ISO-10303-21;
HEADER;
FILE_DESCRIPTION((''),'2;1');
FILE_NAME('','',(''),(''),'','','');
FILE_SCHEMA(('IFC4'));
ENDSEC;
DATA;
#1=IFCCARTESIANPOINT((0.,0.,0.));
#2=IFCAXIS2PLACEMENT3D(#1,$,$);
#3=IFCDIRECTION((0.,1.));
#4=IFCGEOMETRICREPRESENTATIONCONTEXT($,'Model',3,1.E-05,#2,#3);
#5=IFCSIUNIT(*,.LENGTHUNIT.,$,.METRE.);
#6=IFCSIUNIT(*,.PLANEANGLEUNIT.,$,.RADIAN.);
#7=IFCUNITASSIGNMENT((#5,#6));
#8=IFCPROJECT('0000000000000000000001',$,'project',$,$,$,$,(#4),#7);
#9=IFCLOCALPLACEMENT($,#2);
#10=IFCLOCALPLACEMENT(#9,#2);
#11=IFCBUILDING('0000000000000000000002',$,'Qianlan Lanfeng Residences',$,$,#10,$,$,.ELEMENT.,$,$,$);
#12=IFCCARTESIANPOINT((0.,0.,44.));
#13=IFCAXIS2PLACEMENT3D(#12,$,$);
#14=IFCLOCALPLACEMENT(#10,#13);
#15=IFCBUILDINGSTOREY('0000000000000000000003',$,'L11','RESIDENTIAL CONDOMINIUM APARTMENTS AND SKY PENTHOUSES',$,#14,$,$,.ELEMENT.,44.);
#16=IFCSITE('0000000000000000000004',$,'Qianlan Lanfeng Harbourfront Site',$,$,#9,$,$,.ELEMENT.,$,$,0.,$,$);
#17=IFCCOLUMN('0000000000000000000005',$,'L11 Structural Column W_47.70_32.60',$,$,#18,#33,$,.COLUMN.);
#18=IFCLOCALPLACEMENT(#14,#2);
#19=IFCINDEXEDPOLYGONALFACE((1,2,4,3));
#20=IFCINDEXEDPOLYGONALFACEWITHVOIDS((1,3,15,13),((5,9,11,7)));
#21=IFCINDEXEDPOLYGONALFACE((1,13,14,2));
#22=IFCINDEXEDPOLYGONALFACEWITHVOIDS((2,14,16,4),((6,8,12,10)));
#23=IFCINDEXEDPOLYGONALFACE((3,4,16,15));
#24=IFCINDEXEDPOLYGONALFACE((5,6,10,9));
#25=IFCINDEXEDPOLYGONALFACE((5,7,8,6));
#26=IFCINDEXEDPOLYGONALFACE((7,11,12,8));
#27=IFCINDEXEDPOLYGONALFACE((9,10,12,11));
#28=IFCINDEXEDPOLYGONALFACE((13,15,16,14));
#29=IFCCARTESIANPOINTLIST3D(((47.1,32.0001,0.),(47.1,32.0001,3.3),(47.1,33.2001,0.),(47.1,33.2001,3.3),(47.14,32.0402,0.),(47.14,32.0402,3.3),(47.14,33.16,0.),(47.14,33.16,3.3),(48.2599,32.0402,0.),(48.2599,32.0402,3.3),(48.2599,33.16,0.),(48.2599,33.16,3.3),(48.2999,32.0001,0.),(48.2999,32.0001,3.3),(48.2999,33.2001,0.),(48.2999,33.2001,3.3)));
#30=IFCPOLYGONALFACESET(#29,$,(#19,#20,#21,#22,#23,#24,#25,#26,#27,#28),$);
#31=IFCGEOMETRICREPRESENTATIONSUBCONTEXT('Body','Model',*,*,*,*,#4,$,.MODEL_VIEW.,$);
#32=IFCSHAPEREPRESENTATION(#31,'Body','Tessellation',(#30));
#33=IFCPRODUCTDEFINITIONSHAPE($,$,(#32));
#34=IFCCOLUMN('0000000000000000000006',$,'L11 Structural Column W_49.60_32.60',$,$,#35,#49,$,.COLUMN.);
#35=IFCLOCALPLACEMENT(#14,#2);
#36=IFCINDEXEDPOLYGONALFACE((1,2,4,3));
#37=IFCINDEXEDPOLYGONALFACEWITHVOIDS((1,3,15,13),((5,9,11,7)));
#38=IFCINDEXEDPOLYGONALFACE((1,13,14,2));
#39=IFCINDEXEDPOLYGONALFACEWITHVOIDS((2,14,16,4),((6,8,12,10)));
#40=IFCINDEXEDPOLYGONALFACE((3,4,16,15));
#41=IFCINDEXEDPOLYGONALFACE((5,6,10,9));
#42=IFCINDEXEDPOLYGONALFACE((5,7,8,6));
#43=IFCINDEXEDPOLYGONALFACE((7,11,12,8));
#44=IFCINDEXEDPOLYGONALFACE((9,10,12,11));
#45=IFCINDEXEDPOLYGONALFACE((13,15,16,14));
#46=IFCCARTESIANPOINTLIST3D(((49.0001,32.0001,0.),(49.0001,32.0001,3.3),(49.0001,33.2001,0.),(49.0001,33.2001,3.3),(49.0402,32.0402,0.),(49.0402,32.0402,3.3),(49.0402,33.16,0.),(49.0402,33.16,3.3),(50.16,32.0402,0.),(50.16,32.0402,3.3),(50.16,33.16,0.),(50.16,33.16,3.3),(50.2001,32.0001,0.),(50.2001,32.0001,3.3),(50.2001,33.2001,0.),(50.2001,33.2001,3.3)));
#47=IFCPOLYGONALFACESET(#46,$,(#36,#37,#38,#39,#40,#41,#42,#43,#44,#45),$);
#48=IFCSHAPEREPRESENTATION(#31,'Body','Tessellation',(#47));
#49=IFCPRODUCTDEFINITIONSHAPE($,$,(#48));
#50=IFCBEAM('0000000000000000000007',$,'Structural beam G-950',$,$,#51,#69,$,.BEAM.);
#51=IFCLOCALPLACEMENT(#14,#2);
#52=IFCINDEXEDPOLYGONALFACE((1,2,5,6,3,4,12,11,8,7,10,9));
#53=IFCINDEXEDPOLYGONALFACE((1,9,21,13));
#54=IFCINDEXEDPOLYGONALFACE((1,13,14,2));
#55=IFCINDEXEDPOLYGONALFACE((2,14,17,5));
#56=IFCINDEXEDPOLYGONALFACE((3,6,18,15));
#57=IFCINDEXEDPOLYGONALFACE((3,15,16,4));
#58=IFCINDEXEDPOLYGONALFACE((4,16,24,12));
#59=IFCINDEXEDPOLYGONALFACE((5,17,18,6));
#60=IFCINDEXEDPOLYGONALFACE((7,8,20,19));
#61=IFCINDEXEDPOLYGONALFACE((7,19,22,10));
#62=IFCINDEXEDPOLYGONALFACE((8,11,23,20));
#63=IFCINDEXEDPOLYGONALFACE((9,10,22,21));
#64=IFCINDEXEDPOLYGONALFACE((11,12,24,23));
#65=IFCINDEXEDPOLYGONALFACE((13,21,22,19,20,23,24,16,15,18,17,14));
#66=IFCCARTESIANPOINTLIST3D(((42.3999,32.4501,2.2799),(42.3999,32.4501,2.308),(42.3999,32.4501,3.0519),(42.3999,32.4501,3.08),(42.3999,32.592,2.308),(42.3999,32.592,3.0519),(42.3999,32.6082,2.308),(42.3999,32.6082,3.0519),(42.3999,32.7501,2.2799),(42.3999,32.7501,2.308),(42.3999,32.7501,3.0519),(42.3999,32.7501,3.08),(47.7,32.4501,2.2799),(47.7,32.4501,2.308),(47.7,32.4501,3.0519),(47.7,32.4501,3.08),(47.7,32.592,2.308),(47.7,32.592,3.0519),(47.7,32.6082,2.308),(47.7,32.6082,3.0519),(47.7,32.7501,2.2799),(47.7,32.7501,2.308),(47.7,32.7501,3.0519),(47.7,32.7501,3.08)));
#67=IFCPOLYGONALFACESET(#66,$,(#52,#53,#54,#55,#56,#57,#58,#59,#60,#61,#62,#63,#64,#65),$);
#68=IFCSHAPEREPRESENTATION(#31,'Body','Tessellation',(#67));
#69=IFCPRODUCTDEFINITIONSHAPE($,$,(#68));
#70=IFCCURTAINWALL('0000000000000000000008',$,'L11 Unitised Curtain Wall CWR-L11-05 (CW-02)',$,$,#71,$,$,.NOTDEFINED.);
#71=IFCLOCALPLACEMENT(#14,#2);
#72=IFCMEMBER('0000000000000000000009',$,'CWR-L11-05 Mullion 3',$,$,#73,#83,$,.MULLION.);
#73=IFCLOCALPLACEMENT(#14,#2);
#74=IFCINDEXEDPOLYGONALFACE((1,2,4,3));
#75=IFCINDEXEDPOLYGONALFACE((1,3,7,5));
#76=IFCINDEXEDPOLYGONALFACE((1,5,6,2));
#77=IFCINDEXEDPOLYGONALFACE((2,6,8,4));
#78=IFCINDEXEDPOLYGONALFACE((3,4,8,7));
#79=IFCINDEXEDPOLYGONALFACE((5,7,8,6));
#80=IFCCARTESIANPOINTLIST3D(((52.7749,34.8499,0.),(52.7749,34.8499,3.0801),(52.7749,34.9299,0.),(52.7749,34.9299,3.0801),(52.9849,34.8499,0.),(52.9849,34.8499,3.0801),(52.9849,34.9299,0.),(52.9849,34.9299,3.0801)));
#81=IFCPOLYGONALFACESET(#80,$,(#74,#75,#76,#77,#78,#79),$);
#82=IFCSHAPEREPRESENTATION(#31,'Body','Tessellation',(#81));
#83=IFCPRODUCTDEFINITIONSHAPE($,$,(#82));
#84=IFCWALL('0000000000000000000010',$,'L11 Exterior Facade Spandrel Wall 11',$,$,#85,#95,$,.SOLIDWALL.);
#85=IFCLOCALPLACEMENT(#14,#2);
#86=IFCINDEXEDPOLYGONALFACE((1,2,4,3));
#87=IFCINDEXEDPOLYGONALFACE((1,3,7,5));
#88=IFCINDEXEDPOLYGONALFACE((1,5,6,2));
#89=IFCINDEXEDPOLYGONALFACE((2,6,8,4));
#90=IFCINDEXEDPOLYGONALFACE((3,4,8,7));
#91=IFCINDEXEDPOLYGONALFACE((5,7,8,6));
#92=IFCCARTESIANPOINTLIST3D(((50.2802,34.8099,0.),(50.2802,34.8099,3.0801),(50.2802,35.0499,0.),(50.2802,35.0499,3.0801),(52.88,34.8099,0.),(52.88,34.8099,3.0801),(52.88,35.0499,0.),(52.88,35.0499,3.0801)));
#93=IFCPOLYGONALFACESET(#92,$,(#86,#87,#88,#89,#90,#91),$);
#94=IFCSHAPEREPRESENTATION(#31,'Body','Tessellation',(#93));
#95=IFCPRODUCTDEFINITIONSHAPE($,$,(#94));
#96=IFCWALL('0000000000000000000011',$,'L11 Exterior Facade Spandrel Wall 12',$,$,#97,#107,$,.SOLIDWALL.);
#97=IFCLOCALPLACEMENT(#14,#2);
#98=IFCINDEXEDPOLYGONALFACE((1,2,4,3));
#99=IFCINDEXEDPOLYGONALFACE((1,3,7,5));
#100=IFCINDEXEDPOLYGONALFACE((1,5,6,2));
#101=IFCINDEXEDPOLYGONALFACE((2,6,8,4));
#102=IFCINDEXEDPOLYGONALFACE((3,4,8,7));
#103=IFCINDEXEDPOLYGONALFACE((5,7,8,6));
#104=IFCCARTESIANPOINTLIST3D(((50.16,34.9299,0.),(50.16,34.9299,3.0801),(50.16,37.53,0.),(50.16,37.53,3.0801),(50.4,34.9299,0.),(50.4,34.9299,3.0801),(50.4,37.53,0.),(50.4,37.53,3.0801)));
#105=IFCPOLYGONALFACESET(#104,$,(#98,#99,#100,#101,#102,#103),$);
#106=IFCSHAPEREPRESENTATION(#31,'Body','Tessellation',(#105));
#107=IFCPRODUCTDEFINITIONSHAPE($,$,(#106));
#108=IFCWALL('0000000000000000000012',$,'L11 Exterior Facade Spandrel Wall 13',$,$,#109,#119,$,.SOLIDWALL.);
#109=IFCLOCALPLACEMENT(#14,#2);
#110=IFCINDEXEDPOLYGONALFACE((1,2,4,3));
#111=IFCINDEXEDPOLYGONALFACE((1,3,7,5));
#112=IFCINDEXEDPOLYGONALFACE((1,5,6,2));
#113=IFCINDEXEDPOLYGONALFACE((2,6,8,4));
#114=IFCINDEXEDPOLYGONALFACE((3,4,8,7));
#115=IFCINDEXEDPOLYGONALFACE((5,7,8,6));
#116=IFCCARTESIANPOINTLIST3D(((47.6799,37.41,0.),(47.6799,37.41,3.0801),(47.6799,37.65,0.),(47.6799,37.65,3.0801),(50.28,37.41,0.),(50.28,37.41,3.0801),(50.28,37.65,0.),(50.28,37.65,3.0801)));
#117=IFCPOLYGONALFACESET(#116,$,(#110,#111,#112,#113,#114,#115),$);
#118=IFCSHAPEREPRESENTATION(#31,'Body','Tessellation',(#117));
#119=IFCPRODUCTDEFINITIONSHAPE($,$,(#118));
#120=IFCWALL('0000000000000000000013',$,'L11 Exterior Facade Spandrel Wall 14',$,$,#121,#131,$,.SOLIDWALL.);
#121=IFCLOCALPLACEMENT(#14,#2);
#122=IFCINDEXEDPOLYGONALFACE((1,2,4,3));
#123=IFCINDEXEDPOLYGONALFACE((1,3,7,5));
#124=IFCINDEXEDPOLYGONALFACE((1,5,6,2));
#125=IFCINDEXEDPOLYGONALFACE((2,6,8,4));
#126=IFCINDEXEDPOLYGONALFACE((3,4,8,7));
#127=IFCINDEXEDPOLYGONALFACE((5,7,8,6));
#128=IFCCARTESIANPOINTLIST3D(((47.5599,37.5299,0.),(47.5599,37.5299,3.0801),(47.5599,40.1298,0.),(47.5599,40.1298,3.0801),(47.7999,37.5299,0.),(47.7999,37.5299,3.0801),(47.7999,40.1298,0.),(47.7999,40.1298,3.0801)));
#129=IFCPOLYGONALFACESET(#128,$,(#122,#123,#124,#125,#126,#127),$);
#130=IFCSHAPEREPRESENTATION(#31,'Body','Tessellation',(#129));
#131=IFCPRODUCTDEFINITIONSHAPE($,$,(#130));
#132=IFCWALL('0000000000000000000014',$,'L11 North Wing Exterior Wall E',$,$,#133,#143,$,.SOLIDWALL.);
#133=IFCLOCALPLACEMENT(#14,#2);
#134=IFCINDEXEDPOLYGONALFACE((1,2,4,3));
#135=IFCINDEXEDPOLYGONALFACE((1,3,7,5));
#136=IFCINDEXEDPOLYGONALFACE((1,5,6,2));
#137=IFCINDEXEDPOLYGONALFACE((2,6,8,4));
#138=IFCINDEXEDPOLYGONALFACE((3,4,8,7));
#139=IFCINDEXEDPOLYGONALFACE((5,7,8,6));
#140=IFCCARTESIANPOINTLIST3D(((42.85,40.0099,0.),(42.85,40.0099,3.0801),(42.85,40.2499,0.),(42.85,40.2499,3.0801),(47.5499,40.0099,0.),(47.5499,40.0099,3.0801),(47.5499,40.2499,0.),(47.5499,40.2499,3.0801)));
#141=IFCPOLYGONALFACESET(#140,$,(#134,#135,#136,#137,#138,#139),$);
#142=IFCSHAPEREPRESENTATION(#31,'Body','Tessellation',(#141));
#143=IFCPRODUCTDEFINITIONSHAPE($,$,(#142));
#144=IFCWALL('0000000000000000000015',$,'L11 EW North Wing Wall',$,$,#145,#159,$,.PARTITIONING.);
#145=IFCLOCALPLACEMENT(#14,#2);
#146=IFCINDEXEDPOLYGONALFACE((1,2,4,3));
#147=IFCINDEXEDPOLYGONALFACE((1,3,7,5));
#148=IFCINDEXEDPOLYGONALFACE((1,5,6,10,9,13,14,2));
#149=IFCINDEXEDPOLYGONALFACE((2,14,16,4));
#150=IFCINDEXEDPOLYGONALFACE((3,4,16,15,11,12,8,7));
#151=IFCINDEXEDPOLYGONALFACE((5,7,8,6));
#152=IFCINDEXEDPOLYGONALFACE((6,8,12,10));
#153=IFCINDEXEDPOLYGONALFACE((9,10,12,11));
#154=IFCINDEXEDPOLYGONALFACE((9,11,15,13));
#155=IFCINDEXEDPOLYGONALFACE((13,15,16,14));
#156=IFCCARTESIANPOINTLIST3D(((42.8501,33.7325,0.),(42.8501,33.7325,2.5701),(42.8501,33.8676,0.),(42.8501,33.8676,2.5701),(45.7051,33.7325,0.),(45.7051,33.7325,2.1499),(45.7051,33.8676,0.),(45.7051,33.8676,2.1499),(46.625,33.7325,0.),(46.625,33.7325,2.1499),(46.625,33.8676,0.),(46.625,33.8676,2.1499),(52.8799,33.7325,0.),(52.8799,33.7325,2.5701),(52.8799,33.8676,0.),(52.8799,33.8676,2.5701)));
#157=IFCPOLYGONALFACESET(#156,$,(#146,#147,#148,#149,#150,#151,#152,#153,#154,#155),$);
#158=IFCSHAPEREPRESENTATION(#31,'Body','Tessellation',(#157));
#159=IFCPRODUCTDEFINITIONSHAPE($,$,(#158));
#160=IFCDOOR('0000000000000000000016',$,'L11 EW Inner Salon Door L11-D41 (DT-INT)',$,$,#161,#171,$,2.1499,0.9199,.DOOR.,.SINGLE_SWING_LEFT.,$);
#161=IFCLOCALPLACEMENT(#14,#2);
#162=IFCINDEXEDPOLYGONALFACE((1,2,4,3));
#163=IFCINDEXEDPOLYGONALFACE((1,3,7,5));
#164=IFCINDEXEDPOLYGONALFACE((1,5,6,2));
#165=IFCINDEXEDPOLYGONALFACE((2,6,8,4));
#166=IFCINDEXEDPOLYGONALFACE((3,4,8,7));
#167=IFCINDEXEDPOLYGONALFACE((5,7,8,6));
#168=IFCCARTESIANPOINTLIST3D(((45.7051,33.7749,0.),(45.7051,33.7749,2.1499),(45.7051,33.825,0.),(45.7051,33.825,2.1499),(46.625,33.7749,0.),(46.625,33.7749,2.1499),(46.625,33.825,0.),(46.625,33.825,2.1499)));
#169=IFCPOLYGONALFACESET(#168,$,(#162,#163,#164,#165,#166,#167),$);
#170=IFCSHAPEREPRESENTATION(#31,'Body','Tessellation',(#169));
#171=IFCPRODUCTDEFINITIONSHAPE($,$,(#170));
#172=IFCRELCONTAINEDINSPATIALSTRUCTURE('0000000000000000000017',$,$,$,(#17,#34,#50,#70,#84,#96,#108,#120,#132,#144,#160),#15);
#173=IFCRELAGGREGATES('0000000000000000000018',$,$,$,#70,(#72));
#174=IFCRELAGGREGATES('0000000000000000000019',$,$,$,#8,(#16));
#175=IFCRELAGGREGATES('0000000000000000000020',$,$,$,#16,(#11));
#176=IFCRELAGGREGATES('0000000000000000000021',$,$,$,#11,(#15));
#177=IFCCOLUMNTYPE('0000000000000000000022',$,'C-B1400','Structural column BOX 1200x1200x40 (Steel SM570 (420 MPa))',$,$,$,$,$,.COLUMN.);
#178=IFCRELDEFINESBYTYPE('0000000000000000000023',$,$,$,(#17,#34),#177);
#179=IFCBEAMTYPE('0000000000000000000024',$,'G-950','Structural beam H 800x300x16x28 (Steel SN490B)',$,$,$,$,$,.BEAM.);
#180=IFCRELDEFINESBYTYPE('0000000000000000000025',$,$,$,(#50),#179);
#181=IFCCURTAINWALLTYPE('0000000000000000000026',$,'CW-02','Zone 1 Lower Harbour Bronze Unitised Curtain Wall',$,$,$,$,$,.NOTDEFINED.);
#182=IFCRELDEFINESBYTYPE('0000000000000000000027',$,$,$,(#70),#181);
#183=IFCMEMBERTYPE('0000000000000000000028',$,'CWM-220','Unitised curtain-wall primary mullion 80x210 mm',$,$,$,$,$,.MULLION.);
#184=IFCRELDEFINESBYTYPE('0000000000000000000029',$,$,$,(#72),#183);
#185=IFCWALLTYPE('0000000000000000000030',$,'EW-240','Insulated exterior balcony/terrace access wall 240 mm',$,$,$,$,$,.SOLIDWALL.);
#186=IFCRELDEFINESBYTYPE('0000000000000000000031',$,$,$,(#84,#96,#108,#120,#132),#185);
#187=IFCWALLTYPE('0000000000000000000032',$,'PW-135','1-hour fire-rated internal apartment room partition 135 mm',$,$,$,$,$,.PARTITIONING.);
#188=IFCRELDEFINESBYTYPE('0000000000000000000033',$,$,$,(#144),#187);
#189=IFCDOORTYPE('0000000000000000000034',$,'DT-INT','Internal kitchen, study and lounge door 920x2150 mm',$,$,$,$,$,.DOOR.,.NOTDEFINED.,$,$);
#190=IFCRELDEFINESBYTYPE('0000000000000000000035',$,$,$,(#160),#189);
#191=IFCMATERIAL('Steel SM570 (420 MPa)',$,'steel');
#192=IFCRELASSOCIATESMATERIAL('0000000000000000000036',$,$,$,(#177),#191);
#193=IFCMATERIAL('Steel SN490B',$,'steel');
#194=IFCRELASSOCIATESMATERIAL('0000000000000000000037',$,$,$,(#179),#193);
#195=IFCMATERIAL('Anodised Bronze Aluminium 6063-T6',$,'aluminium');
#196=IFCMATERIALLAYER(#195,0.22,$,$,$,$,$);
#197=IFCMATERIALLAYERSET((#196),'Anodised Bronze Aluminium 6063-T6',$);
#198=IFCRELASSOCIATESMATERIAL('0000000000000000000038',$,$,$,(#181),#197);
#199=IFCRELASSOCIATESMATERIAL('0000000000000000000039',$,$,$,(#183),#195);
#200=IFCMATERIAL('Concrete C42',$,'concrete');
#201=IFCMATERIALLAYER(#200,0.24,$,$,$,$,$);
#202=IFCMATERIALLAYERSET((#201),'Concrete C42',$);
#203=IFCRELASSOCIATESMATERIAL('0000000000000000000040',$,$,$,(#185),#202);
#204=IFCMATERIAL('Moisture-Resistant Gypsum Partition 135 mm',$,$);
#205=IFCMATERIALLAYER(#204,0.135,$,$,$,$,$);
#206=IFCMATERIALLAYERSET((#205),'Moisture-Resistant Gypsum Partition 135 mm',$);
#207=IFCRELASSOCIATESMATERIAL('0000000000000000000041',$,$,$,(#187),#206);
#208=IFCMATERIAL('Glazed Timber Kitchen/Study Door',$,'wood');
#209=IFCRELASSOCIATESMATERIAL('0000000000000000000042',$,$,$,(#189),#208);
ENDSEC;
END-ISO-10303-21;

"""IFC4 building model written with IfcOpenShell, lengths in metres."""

from ifc_helpers import new_model, si_unit, direction, frame, frame_2d, origin, origin_2d, place, context, subcontext, project, spatial, rectangle, hollow_rectangle, i_section, extrude, source, transform, mapped, material, layer, layer_set, material_profile, profile_set, type_object, element, fill, aggregate, save


model = new_model("IFC4")

# Units and contexts
model_context = context("Model", 3, precision=1e-05, world=origin(), true_north=direction((0.0, 1.0)))
body_context = subcontext(model_context, "Body", "Model", "MODEL_VIEW")
ifc_project = project(units=[si_unit("LENGTHUNIT", "METRE"), si_unit("PLANEANGLEUNIT", "RADIAN")], contexts=[model_context])

# Site, building, storey
site_placement = place(None, origin())
site = spatial("IfcSite", under=ifc_project, at=site_placement, Name="Qianlan Lanfeng Harbourfront Site", CompositionType="ELEMENT", RefElevation=0.0)
building_placement = place(site_placement, origin())
building = spatial("IfcBuilding", under=site, at=building_placement, Name="Qianlan Lanfeng Residences", CompositionType="ELEMENT")
storey_placement = place(building_placement, frame((0.0, 0.0, 44.0)))
storey = spatial("IfcBuildingStorey", under=building, at=storey_placement, Name="L11", Description="RESIDENTIAL CONDOMINIUM APARTMENTS AND SKY PENTHOUSES", CompositionType="ELEMENT", Elevation=44.0)

# Columns
ifc_material_1 = material(Name="Steel SM570 (420 MPa)", Category="steel")
ifc_material_profile_1 = material_profile(ifc_material_1, hollow_rectangle(XDim=1.2, YDim=1.2, WallThickness=0.04, at=origin_2d()), Name="BOX 1200x1200x40")
ifc_profile_set_1 = profile_set([ifc_material_profile_1], Name="Steel SM570 (420 MPa)")
column_type = type_object("IfcColumnType", Name="C-B1400", Description="Structural column BOX 1200x1200x40 (Steel SM570 (420 MPa))", PredefinedType="COLUMN", material=ifc_profile_set_1)
for number, where, z_axis, x_axis, name in (
    (1, (47.7, 32.6001, 0.0), (0.0, 0.0, 1.0), (1.0, 0.0, 0.0), "L11 Structural Column W_47.70_32.60"),
    (2, (49.6001, 32.6001, 0.0), (0.0, 0.0, 1.0), (1.0, 0.0, 0.0), "L11 Structural Column W_49.60_32.60"),
):
    element("IfcColumn", number, at=place(storey_placement, frame(where, z_axis=z_axis, x_axis=x_axis)), inside=storey, type_object=column_type, Name=name, PredefinedType="COLUMN", context=body_context, shape_type="SweptSolid", body=[
        extrude(hollow_rectangle(XDim=1.2, YDim=1.2, WallThickness=0.04, at=origin_2d()), origin(), (0.0, 0.0, 1.0), 3.3),
    ])

# Beam
ifc_material_2 = material(Name="Steel SN490B", Category="steel")
ifc_material_profile_2 = material_profile(ifc_material_2, i_section(OverallWidth=0.3, OverallDepth=0.8, WebThickness=0.0161, FlangeThickness=0.0281, at=origin_2d()), Name="H 800x300x16x28")
ifc_profile_set_2 = profile_set([ifc_material_profile_2], Name="Steel SN490B")
beam_type = type_object("IfcBeamType", Name="G-950", Description="Structural beam H 800x300x16x28 (Steel SN490B)", PredefinedType="BEAM", material=ifc_profile_set_2)
beam_placement = place(storey_placement, frame((42.3999, 32.6001, 2.6799), z_axis=(1.0, 0.0, 0.0), x_axis=(0.0, 1.0, 0.0)))
element("IfcBeam", 3, at=beam_placement, inside=storey, type_object=beam_type, Name="Structural beam G-950", PredefinedType="BEAM", context=body_context, shape_type="SweptSolid", body=[
    extrude(i_section(OverallWidth=0.3, OverallDepth=0.8, WebThickness=0.0161, FlangeThickness=0.0281, at=origin_2d()), origin(), (0.0, 0.0, 1.0), 5.3),
])

# Curtain wall, member
ifc_material_3 = material(Name="Anodised Bronze Aluminium 6063-T6", Category="aluminium")
ifc_layer_1 = layer(ifc_material_3, 0.22)
ifc_layer_set_1 = layer_set([ifc_layer_1], Name="Anodised Bronze Aluminium 6063-T6")
curtain_wall_type = type_object("IfcCurtainWallType", Name="CW-02", Description="Zone 1 Lower Harbour Bronze Unitised Curtain Wall", PredefinedType="NOTDEFINED", material=ifc_layer_set_1)
curtain_wall_placement = place(storey_placement, origin())
curtain_wall = element("IfcCurtainWall", 4, at=curtain_wall_placement, inside=storey, type_object=curtain_wall_type, Name="L11 Unitised Curtain Wall CWR-L11-05 (CW-02)", PredefinedType="NOTDEFINED")
ifc_material_profile_3 = material_profile(ifc_material_3, rectangle(XDim=0.0801, YDim=0.21, at=origin_2d()), Name="ALU MULLION 80x210")
ifc_profile_set_3 = profile_set([ifc_material_profile_3], Name="Anodised Bronze Aluminium 6063-T6")
member_type = type_object("IfcMemberType", Name="CWM-220", Description="Unitised curtain-wall primary mullion 80x210 mm", PredefinedType="MULLION", material=ifc_profile_set_3)
shared_shape_1 = source(origin(), body_context, "Body", "SweptSolid", [
    extrude(rectangle(XDim=0.0801, YDim=0.21, at=origin_2d()), origin(), (0.0, 0.0, 1.0), 3.0801),
])
member_placement = place(storey_placement, frame((52.8799, 34.8899, 0.0), z_axis=(0.0, 0.0, 1.0), x_axis=(0.0, 1.0, 0.0)))
member = element("IfcMember", 5, at=member_placement, type_object=member_type, Name="CWR-L11-05 Mullion 3", PredefinedType="MULLION", context=body_context, shape_type="MappedRepresentation", body=[
    mapped(shared_shape_1, transform((0.0, 0.0, 0.0), scale=1.0)),
])
aggregate(curtain_wall, [member])

# Walls
ifc_material_4 = material(Name="Concrete C42", Category="concrete")
ifc_layer_2 = layer(ifc_material_4, 0.24)
ifc_layer_set_2 = layer_set([ifc_layer_2], Name="Concrete C42")
wall_type_1 = type_object("IfcWallType", Name="EW-240", Description="Insulated exterior balcony/terrace access wall 240 mm", PredefinedType="SOLIDWALL", material=ifc_layer_set_2)
wall_1_placement = place(storey_placement, frame((52.8799, 34.9299, 0.0), z_axis=(0.0, 0.0, 1.0), x_axis=(-1.0, 0.0, 0.0)))
element("IfcWall", 6, at=wall_1_placement, inside=storey, type_object=wall_type_1, Name="L11 Exterior Facade Spandrel Wall 11", PredefinedType="SOLIDWALL", context=body_context, shape_type="SweptSolid", body=[
    extrude(rectangle(XDim=2.5999, YDim=0.24, at=frame_2d((1.2998, 0.0))), origin(), (0.0, 0.0, 1.0), 3.0801),
])
for number, where, z_axis, x_axis, name in (
    (7, (50.28, 34.9299, 0.0), (0.0, 0.0, 1.0), (0.0, 1.0, 0.0), "L11 Exterior Facade Spandrel Wall 12"),
    (8, (50.28, 37.53, 0.0), (0.0, 0.0, 1.0), (-1.0, 0.0, 0.0), "L11 Exterior Facade Spandrel Wall 13"),
):
    element("IfcWall", number, at=place(storey_placement, frame(where, z_axis=z_axis, x_axis=x_axis)), inside=storey, type_object=wall_type_1, Name=name, PredefinedType="SOLIDWALL", context=body_context, shape_type="SweptSolid", body=[
        extrude(rectangle(XDim=2.6001, YDim=0.24, at=frame_2d((1.3, 0.0))), origin(), (0.0, 0.0, 1.0), 3.0801),
    ])
wall_2_placement = place(storey_placement, frame((47.6799, 37.53, 0.0), z_axis=(0.0, 0.0, 1.0), x_axis=(0.0, 1.0, 0.0)))
element("IfcWall", 9, at=wall_2_placement, inside=storey, type_object=wall_type_1, Name="L11 Exterior Facade Spandrel Wall 14", PredefinedType="SOLIDWALL", context=body_context, shape_type="SweptSolid", body=[
    extrude(rectangle(XDim=2.5999, YDim=0.24, at=frame_2d((1.2998, 0.0))), origin(), (0.0, 0.0, 1.0), 3.0801),
])
wall_3_placement = place(storey_placement, frame((47.55, 40.1299, 0.0), z_axis=(0.0, 0.0, 1.0), x_axis=(-1.0, 0.0, 0.0)))
element("IfcWall", 10, at=wall_3_placement, inside=storey, type_object=wall_type_1, Name="L11 North Wing Exterior Wall E", PredefinedType="SOLIDWALL", context=body_context, shape_type="SweptSolid", body=[
    extrude(rectangle(XDim=4.7, YDim=0.24, at=frame_2d((2.3501, 0.0))), origin(), (0.0, 0.0, 1.0), 3.0801),
])

# Wall, opening, door
ifc_material_5 = material(Name="Moisture-Resistant Gypsum Partition 135 mm")
ifc_layer_3 = layer(ifc_material_5, 0.135)
ifc_layer_set_3 = layer_set([ifc_layer_3], Name="Moisture-Resistant Gypsum Partition 135 mm")
wall_type_2 = type_object("IfcWallType", Name="PW-135", Description="1-hour fire-rated internal apartment room partition 135 mm", PredefinedType="PARTITIONING", material=ifc_layer_set_3)
wall_4_placement = place(storey_placement, frame((42.8501, 33.8, 0.0), z_axis=(0.0, 0.0, 1.0), x_axis=(1.0, 0.0, 0.0)))
wall_4 = element("IfcWall", 11, at=wall_4_placement, inside=storey, type_object=wall_type_2, Name="L11 EW North Wing Wall", PredefinedType="PARTITIONING", context=body_context, shape_type="SweptSolid", body=[
    extrude(rectangle(XDim=10.0298, YDim=0.135, at=frame_2d((5.0149, 0.0))), origin(), (0.0, 0.0, 1.0), 2.5701),
])
opening_1_placement = place(wall_4_placement, frame((2.855, 0.0, 0.0)))
opening_1 = element("IfcOpeningElement", 12, at=opening_1_placement, cuts=wall_4, PredefinedType="OPENING", context=body_context, shape_type="SweptSolid", body=[
    extrude(rectangle(XDim=0.9199, YDim=2.1499, at=frame_2d((0.46, 1.075))), frame((0.0, 0.0776, 0.0), z_axis=(0.0, -1.0, 0.0), x_axis=(1.0, 0.0, 0.0)), (0.0, 0.0, 1.0), 0.155),
])
ifc_material_6 = material(Name="Glazed Timber Kitchen/Study Door", Category="wood")
door_type = type_object("IfcDoorType", Name="DT-INT", Description="Internal kitchen, study and lounge door 920x2150 mm", OperationType="NOTDEFINED", PredefinedType="DOOR", material=ifc_material_6)
door_1_placement = place(opening_1_placement, origin())
door_1 = element("IfcDoor", 13, at=door_1_placement, inside=storey, type_object=door_type, Name="L11 EW Inner Salon Door L11-D41 (DT-INT)", OperationType="SINGLE_SWING_LEFT", OverallHeight=2.1499, OverallWidth=0.9199, PredefinedType="DOOR", context=body_context, shape_type="SweptSolid", body=[
    extrude(rectangle(XDim=0.9199, YDim=2.1499, at=frame_2d((0.46, 1.075))), frame((0.0, 0.0249, 0.0), z_axis=(0.0, -1.0, 0.0), x_axis=(1.0, 0.0, 0.0)), (0.0, 0.0, 1.0), 0.05),
])
fill(opening_1, door_1)

save(model, "model.ifc")
